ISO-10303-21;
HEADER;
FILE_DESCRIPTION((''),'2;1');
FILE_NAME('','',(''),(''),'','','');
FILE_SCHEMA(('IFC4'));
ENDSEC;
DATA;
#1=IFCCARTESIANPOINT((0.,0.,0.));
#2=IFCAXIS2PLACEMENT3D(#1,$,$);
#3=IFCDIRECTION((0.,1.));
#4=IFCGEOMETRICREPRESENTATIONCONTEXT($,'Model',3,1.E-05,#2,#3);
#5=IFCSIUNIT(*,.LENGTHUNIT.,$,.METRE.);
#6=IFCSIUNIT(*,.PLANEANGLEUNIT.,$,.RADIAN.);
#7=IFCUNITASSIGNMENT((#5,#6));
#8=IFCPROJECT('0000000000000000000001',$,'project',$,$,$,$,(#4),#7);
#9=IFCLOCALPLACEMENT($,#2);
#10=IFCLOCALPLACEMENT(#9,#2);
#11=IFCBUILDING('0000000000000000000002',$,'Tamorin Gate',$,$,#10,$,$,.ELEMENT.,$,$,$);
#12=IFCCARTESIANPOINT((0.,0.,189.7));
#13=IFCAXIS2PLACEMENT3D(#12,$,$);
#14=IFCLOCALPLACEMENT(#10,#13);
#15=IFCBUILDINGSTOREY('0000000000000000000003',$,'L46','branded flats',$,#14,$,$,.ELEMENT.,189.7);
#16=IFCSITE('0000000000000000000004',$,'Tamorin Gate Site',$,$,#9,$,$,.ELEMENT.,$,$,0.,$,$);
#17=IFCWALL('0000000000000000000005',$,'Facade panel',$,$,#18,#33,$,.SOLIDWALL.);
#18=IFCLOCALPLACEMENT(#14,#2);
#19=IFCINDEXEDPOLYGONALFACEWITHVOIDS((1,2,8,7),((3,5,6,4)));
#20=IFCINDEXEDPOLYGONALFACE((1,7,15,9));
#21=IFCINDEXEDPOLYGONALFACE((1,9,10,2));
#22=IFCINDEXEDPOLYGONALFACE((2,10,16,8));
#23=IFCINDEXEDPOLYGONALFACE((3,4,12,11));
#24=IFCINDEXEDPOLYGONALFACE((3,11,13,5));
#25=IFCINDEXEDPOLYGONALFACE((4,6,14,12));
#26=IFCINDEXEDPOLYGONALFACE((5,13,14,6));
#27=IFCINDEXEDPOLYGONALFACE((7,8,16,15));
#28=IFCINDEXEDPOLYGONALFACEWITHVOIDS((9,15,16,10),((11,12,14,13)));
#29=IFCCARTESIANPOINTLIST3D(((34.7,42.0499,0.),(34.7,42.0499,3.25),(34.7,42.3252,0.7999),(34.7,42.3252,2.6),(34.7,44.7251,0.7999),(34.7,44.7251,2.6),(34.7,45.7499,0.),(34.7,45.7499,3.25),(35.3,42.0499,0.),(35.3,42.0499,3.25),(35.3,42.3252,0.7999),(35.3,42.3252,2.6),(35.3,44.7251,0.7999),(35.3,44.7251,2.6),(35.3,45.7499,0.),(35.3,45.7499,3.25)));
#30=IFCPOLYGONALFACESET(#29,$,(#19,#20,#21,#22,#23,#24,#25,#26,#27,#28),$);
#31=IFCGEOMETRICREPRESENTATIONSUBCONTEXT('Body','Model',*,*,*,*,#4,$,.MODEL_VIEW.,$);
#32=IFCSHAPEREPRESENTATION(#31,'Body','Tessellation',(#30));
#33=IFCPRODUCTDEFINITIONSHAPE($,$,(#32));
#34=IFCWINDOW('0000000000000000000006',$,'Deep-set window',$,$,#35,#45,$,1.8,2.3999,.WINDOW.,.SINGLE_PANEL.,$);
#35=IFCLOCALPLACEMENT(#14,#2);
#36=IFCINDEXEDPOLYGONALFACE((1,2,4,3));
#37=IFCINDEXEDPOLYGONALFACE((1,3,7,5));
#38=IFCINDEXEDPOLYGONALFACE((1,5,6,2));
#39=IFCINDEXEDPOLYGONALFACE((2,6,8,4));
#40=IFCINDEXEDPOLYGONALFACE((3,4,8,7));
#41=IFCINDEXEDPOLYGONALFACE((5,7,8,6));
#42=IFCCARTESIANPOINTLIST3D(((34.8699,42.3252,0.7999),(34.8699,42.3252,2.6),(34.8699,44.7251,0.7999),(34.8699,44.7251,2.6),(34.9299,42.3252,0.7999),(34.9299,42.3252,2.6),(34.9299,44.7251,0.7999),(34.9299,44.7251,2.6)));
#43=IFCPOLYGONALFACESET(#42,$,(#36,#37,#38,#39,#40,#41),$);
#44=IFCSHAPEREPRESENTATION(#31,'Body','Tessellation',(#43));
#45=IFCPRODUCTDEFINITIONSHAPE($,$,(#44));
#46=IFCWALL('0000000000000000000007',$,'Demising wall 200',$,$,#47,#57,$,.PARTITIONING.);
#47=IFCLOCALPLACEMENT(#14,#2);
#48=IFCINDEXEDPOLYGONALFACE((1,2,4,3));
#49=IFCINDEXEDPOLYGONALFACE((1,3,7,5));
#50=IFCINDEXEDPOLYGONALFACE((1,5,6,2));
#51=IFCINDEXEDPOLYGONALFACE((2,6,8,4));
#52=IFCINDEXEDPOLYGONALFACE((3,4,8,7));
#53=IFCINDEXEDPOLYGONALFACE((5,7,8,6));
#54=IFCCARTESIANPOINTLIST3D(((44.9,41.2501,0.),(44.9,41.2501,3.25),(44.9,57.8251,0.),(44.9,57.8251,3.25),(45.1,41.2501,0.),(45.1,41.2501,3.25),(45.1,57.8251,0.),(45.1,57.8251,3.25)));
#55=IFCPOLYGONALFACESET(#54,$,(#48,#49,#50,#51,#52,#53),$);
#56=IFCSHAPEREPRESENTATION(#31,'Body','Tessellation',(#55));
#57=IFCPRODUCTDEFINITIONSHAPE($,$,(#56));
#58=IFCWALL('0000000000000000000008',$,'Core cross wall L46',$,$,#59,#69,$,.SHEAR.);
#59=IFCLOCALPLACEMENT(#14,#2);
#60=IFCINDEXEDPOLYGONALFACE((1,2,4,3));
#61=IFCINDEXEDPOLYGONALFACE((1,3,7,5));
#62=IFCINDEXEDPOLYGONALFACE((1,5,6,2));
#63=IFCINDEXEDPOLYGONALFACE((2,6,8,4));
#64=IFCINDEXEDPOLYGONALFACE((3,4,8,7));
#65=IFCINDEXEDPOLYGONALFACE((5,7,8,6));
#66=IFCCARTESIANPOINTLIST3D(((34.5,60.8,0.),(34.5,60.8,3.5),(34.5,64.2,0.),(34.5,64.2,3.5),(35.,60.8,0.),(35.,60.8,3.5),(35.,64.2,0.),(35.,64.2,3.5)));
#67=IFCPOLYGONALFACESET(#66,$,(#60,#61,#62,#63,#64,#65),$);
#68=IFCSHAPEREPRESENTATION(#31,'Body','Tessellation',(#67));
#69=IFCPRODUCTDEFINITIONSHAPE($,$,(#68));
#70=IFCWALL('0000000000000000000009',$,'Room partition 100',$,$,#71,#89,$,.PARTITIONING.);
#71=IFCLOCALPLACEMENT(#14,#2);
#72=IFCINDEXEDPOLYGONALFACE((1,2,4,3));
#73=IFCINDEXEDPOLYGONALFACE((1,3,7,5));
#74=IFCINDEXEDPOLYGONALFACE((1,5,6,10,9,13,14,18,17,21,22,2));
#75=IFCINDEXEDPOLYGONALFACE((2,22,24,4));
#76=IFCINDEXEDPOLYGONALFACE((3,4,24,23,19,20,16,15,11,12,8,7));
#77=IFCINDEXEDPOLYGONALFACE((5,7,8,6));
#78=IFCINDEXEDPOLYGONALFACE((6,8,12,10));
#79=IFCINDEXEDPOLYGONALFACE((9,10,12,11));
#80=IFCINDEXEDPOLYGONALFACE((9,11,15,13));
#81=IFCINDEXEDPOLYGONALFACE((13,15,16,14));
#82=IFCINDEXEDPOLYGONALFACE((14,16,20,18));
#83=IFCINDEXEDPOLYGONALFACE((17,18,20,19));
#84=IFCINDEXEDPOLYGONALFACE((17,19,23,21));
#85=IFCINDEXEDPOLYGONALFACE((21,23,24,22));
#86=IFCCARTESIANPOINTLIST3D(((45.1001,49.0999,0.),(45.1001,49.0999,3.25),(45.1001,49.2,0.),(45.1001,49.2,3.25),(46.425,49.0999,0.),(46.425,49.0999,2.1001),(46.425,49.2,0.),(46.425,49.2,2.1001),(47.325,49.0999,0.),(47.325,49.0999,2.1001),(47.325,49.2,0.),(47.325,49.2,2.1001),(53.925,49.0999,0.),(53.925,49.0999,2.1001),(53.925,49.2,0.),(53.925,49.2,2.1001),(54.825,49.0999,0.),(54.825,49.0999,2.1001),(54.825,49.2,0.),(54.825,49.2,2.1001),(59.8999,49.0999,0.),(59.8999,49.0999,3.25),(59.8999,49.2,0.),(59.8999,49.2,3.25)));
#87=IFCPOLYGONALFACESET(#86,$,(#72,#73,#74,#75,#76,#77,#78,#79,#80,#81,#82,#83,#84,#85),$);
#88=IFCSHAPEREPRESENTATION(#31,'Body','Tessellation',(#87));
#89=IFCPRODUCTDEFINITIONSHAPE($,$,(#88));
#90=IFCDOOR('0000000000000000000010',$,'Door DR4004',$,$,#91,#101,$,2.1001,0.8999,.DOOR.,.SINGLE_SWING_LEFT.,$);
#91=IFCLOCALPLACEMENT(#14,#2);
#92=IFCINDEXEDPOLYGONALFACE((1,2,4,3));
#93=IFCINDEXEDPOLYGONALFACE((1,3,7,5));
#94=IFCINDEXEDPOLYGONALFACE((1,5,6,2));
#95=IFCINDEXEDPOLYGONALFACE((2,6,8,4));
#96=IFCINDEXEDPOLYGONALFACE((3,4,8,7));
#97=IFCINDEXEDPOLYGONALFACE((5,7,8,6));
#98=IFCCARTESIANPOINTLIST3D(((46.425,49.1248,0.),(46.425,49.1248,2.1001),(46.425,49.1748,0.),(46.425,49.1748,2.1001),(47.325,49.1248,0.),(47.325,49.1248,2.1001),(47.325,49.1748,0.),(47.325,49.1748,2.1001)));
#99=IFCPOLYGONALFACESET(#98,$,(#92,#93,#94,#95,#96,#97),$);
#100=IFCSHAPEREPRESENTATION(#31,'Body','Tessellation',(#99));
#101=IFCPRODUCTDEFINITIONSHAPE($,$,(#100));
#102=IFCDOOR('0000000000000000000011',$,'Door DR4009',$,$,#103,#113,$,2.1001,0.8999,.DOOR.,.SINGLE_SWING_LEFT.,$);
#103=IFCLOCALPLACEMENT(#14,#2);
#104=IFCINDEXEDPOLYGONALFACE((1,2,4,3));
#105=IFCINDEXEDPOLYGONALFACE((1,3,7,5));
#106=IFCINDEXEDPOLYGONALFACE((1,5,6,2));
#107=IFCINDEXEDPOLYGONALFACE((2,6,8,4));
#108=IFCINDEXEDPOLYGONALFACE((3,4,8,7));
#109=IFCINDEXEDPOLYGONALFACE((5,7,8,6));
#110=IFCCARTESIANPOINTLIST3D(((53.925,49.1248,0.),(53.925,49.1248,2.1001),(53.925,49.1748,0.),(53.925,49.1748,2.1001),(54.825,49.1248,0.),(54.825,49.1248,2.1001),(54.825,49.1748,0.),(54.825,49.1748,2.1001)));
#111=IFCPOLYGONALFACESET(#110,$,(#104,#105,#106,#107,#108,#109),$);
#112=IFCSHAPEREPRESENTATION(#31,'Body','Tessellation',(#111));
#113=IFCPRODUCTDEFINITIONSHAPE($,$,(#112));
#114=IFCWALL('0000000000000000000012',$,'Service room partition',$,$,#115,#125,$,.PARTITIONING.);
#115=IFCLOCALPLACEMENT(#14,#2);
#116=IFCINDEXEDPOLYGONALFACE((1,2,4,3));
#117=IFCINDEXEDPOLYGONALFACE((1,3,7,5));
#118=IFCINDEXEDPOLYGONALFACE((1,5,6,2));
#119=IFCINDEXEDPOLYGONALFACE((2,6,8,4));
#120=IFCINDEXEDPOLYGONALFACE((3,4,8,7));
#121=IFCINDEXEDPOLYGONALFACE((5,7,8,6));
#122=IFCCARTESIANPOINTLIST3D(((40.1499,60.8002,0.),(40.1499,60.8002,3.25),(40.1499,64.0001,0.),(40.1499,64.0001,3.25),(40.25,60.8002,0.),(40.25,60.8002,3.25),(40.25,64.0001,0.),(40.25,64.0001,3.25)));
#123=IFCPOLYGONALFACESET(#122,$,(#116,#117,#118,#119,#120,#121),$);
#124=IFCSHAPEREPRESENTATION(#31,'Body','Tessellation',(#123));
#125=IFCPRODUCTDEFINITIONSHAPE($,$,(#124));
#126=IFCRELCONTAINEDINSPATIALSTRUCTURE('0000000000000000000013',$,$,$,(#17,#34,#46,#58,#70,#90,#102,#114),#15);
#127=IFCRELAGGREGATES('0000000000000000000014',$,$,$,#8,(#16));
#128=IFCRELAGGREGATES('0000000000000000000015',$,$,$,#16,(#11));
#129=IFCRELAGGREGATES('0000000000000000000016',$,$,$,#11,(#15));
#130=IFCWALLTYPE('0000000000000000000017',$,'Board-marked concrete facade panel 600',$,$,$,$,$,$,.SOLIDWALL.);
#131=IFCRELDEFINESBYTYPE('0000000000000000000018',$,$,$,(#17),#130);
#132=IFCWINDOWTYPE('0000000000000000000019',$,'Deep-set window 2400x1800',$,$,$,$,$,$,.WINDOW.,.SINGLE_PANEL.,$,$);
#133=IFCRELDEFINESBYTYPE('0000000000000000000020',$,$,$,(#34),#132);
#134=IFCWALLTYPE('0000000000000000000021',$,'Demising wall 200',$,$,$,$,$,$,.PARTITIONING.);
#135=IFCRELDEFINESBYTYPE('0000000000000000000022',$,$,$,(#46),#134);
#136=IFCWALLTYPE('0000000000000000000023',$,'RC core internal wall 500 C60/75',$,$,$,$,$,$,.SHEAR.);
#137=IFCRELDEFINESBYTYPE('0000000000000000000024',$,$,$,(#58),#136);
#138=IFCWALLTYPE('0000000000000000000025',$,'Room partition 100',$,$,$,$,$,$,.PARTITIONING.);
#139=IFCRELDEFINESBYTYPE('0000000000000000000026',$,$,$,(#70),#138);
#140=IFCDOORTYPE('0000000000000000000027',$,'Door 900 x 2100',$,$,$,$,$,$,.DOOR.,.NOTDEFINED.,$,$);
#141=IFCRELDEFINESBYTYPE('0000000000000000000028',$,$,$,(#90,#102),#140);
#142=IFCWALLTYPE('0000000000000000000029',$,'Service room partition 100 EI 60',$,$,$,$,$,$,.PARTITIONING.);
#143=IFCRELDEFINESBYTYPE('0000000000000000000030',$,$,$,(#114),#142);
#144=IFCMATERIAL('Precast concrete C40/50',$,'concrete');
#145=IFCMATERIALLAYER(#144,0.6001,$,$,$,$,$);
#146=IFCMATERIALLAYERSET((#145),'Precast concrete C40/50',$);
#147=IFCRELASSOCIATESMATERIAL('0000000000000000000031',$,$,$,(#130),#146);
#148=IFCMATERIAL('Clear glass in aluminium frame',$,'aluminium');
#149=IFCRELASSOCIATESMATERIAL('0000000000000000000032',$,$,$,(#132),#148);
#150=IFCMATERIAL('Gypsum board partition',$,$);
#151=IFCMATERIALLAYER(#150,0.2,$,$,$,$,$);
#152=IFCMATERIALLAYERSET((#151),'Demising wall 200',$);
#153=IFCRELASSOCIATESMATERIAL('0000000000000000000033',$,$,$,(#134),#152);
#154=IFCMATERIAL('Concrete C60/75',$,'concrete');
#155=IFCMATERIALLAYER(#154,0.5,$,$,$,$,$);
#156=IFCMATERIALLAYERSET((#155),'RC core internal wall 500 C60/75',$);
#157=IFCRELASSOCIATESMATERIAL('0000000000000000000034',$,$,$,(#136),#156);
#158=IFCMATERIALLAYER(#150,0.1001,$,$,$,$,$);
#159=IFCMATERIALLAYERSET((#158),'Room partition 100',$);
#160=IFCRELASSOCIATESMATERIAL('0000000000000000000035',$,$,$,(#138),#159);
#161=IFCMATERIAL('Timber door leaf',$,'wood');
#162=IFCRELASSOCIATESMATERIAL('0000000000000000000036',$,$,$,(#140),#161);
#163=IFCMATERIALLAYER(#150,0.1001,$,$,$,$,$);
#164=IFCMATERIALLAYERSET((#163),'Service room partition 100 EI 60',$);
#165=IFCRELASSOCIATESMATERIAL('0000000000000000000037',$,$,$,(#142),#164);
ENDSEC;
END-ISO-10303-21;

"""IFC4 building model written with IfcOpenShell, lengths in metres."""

from ifc_helpers import new_model, si_unit, direction, frame, frame_2d, origin, place, context, subcontext, project, spatial, rectangle, extrude, material, layer, layer_set, type_object, element, fill, save


model = new_model("IFC4")

# Units and contexts
model_context = context("Model", 3, precision=1e-05, world=origin(), true_north=direction((0.0, 1.0)))
body_context = subcontext(model_context, "Body", "Model", "MODEL_VIEW")
ifc_project = project(units=[si_unit("LENGTHUNIT", "METRE"), si_unit("PLANEANGLEUNIT", "RADIAN")], contexts=[model_context])

# Site, building, storey
site_placement = place(None, origin())
site = spatial("IfcSite", under=ifc_project, at=site_placement, Name="Tamorin Gate Site", CompositionType="ELEMENT", RefElevation=0.0)
building_placement = place(site_placement, origin())
building = spatial("IfcBuilding", under=site, at=building_placement, Name="Tamorin Gate", CompositionType="ELEMENT")
storey_placement = place(building_placement, frame((0.0, 0.0, 189.7)))
storey = spatial("IfcBuildingStorey", under=building, at=storey_placement, Name="L46", Description="branded flats", CompositionType="ELEMENT", Elevation=189.7)

# Shared definitions
ifc_material_1 = material(Name="Concrete C60/75", Category="concrete")

# Shared definitions
ifc_material_2 = material(Name="Precast concrete C40/50", Category="concrete")
ifc_layer_1 = layer(ifc_material_2, 0.6001)
ifc_layer_set_1 = layer_set([ifc_layer_1], Name="Precast concrete C40/50")
wall_type_1 = type_object("IfcWallType", Name="Board-marked concrete facade panel 600", PredefinedType="SOLIDWALL", material=ifc_layer_set_1)
ifc_material_3 = material(Name="Clear glass in aluminium frame", Category="aluminium")
window_type = type_object("IfcWindowType", Name="Deep-set window 2400x1800", PartitioningType="SINGLE_PANEL", PredefinedType="WINDOW", material=ifc_material_3)

# Wall, opening, window
wall_1_placement = place(storey_placement, frame((35.0, 45.75, 0.0), z_axis=(0.0, 0.0, 1.0), x_axis=(0.0, -1.0, 0.0)))
wall_1 = element("IfcWall", 1, at=wall_1_placement, inside=storey, type_object=wall_type_1, Name="Facade panel", PredefinedType="SOLIDWALL", context=body_context, shape_type="SweptSolid", body=[
    extrude(rectangle(XDim=3.7, YDim=0.6001, at=frame_2d((1.8501, 0.0))), origin(), (0.0, 0.0, 1.0), 3.25),
])
opening_1_placement = place(wall_1_placement, frame((1.0249, 0.0, 0.8)))
opening_1 = element("IfcOpeningElement", 2, at=opening_1_placement, cuts=wall_1, PredefinedType="OPENING", context=body_context, shape_type="SweptSolid", body=[
    extrude(rectangle(XDim=2.3999, YDim=1.8, at=frame_2d((1.2, 0.8999))), frame((0.0, 0.3101, 0.0), z_axis=(0.0, -1.0, 0.0), x_axis=(1.0, 0.0, 0.0)), (0.0, 0.0, 1.0), 0.6201),
])
window_1_placement = place(opening_1_placement, origin())
window_1 = element("IfcWindow", 3, at=window_1_placement, inside=storey, type_object=window_type, Name="Deep-set window", OverallHeight=1.8, OverallWidth=2.3999, PartitioningType="SINGLE_PANEL", PredefinedType="WINDOW", context=body_context, shape_type="SweptSolid", body=[
    extrude(rectangle(XDim=2.3999, YDim=1.8, at=frame_2d((1.2, 0.8999))), frame((0.0, -0.0701, 0.0), z_axis=(0.0, -1.0, 0.0), x_axis=(1.0, 0.0, 0.0)), (0.0, 0.0, 1.0), 0.0601),
])
fill(opening_1, window_1)

# Walls
ifc_material_4 = material(Name="Gypsum board partition")
ifc_layer_2 = layer(ifc_material_4, 0.2)
ifc_layer_set_2 = layer_set([ifc_layer_2], Name="Demising wall 200")
wall_type_2 = type_object("IfcWallType", Name="Demising wall 200", PredefinedType="PARTITIONING", material=ifc_layer_set_2)
wall_2_placement = place(storey_placement, frame((45.0, 41.25, 0.0), z_axis=(0.0, 0.0, 1.0), x_axis=(0.0, 1.0, 0.0)))
element("IfcWall", 4, at=wall_2_placement, inside=storey, type_object=wall_type_2, Name="Demising wall 200", PredefinedType="PARTITIONING", context=body_context, shape_type="SweptSolid", body=[
    extrude(rectangle(XDim=16.575, YDim=0.2, at=frame_2d((8.2876, 0.0))), origin(), (0.0, 0.0, 1.0), 3.25),
])
ifc_layer_3 = layer(ifc_material_1, 0.5)
ifc_layer_set_3 = layer_set([ifc_layer_3], Name="RC core internal wall 500 C60/75")
wall_type_3 = type_object("IfcWallType", Name="RC core internal wall 500 C60/75", PredefinedType="SHEAR", material=ifc_layer_set_3)
wall_3_placement = place(storey_placement, frame((34.75, 60.8, 0.0), z_axis=(0.0, 0.0, 1.0), x_axis=(0.0, 1.0, 0.0)))
element("IfcWall", 5, at=wall_3_placement, inside=storey, type_object=wall_type_3, Name="Core cross wall L46", PredefinedType="SHEAR", context=body_context, shape_type="SweptSolid", body=[
    extrude(rectangle(XDim=3.3999, YDim=0.5, at=frame_2d((1.7, 0.0))), origin(), (0.0, 0.0, 1.0), 3.5),
])

# Wall, openings, doors
ifc_layer_4 = layer(ifc_material_4, 0.1001)
ifc_layer_set_4 = layer_set([ifc_layer_4], Name="Room partition 100")
wall_type_4 = type_object("IfcWallType", Name="Room partition 100", PredefinedType="PARTITIONING", material=ifc_layer_set_4)
wall_4_placement = place(storey_placement, frame((45.1001, 49.1499, 0.0), z_axis=(0.0, 0.0, 1.0), x_axis=(1.0, 0.0, 0.0)))
wall_4 = element("IfcWall", 6, at=wall_4_placement, inside=storey, type_object=wall_type_4, Name="Room partition 100", PredefinedType="PARTITIONING", context=body_context, shape_type="SweptSolid", body=[
    extrude(rectangle(XDim=14.7998, YDim=0.1001, at=frame_2d((7.3999, 0.0))), origin(), (0.0, 0.0, 1.0), 3.25),
])
opening_2_placement = place(wall_4_placement, frame((1.325, 0.0, 0.0)))
opening_2 = element("IfcOpeningElement", 7, at=opening_2_placement, cuts=wall_4, PredefinedType="OPENING", context=body_context, shape_type="SweptSolid", body=[
    extrude(rectangle(XDim=0.8999, YDim=2.1001, at=frame_2d((0.45, 1.05))), frame((0.0, 0.0601, 0.0), z_axis=(0.0, -1.0, 0.0), x_axis=(1.0, 0.0, 0.0)), (0.0, 0.0, 1.0), 0.1201),
])
opening_3_placement = place(wall_4_placement, frame((8.825, 0.0, 0.0)))
opening_3 = element("IfcOpeningElement", 8, at=opening_3_placement, cuts=wall_4, PredefinedType="OPENING", context=body_context, shape_type="SweptSolid", body=[
    extrude(rectangle(XDim=0.8999, YDim=2.1001, at=frame_2d((0.45, 1.05))), frame((0.0, 0.0601, 0.0), z_axis=(0.0, -1.0, 0.0), x_axis=(1.0, 0.0, 0.0)), (0.0, 0.0, 1.0), 0.1201),
])
ifc_material_5 = material(Name="Timber door leaf", Category="wood")
door_type = type_object("IfcDoorType", Name="Door 900 x 2100", OperationType="NOTDEFINED", PredefinedType="DOOR", material=ifc_material_5)
door_1_placement = place(opening_2_placement, origin())
door_1 = element("IfcDoor", 9, at=door_1_placement, inside=storey, type_object=door_type, Name="Door DR4004", OperationType="SINGLE_SWING_LEFT", OverallHeight=2.1001, OverallWidth=0.8999, PredefinedType="DOOR", context=body_context, shape_type="SweptSolid", body=[
    extrude(rectangle(XDim=0.8999, YDim=2.1001, at=frame_2d((0.45, 1.05))), frame((0.0, 0.0249, 0.0), z_axis=(0.0, -1.0, 0.0), x_axis=(1.0, 0.0, 0.0)), (0.0, 0.0, 1.0), 0.05),
])
fill(opening_2, door_1)
door_2_placement = place(opening_3_placement, origin())
door_2 = element("IfcDoor", 10, at=door_2_placement, inside=storey, type_object=door_type, Name="Door DR4009", OperationType="SINGLE_SWING_LEFT", OverallHeight=2.1001, OverallWidth=0.8999, PredefinedType="DOOR", context=body_context, shape_type="SweptSolid", body=[
    extrude(rectangle(XDim=0.8999, YDim=2.1001, at=frame_2d((0.45, 1.05))), frame((0.0, 0.0249, 0.0), z_axis=(0.0, -1.0, 0.0), x_axis=(1.0, 0.0, 0.0)), (0.0, 0.0, 1.0), 0.05),
])
fill(opening_3, door_2)

# Wall
ifc_layer_5 = layer(ifc_material_4, 0.1001)
ifc_layer_set_5 = layer_set([ifc_layer_5], Name="Service room partition 100 EI 60")
wall_type_5 = type_object("IfcWallType", Name="Service room partition 100 EI 60", PredefinedType="PARTITIONING", material=ifc_layer_set_5)
wall_5_placement = place(storey_placement, frame((40.2, 60.8, 0.0), z_axis=(0.0, 0.0, 1.0), x_axis=(0.0, 1.0, 0.0)))
element("IfcWall", 11, at=wall_5_placement, inside=storey, type_object=wall_type_5, Name="Service room partition", PredefinedType="PARTITIONING", context=body_context, shape_type="SweptSolid", body=[
    extrude(rectangle(XDim=3.2, YDim=0.1001, at=frame_2d((1.6001, 0.0))), origin(), (0.0, 0.0, 1.0), 3.25),
])

save(model, "model.ifc")
